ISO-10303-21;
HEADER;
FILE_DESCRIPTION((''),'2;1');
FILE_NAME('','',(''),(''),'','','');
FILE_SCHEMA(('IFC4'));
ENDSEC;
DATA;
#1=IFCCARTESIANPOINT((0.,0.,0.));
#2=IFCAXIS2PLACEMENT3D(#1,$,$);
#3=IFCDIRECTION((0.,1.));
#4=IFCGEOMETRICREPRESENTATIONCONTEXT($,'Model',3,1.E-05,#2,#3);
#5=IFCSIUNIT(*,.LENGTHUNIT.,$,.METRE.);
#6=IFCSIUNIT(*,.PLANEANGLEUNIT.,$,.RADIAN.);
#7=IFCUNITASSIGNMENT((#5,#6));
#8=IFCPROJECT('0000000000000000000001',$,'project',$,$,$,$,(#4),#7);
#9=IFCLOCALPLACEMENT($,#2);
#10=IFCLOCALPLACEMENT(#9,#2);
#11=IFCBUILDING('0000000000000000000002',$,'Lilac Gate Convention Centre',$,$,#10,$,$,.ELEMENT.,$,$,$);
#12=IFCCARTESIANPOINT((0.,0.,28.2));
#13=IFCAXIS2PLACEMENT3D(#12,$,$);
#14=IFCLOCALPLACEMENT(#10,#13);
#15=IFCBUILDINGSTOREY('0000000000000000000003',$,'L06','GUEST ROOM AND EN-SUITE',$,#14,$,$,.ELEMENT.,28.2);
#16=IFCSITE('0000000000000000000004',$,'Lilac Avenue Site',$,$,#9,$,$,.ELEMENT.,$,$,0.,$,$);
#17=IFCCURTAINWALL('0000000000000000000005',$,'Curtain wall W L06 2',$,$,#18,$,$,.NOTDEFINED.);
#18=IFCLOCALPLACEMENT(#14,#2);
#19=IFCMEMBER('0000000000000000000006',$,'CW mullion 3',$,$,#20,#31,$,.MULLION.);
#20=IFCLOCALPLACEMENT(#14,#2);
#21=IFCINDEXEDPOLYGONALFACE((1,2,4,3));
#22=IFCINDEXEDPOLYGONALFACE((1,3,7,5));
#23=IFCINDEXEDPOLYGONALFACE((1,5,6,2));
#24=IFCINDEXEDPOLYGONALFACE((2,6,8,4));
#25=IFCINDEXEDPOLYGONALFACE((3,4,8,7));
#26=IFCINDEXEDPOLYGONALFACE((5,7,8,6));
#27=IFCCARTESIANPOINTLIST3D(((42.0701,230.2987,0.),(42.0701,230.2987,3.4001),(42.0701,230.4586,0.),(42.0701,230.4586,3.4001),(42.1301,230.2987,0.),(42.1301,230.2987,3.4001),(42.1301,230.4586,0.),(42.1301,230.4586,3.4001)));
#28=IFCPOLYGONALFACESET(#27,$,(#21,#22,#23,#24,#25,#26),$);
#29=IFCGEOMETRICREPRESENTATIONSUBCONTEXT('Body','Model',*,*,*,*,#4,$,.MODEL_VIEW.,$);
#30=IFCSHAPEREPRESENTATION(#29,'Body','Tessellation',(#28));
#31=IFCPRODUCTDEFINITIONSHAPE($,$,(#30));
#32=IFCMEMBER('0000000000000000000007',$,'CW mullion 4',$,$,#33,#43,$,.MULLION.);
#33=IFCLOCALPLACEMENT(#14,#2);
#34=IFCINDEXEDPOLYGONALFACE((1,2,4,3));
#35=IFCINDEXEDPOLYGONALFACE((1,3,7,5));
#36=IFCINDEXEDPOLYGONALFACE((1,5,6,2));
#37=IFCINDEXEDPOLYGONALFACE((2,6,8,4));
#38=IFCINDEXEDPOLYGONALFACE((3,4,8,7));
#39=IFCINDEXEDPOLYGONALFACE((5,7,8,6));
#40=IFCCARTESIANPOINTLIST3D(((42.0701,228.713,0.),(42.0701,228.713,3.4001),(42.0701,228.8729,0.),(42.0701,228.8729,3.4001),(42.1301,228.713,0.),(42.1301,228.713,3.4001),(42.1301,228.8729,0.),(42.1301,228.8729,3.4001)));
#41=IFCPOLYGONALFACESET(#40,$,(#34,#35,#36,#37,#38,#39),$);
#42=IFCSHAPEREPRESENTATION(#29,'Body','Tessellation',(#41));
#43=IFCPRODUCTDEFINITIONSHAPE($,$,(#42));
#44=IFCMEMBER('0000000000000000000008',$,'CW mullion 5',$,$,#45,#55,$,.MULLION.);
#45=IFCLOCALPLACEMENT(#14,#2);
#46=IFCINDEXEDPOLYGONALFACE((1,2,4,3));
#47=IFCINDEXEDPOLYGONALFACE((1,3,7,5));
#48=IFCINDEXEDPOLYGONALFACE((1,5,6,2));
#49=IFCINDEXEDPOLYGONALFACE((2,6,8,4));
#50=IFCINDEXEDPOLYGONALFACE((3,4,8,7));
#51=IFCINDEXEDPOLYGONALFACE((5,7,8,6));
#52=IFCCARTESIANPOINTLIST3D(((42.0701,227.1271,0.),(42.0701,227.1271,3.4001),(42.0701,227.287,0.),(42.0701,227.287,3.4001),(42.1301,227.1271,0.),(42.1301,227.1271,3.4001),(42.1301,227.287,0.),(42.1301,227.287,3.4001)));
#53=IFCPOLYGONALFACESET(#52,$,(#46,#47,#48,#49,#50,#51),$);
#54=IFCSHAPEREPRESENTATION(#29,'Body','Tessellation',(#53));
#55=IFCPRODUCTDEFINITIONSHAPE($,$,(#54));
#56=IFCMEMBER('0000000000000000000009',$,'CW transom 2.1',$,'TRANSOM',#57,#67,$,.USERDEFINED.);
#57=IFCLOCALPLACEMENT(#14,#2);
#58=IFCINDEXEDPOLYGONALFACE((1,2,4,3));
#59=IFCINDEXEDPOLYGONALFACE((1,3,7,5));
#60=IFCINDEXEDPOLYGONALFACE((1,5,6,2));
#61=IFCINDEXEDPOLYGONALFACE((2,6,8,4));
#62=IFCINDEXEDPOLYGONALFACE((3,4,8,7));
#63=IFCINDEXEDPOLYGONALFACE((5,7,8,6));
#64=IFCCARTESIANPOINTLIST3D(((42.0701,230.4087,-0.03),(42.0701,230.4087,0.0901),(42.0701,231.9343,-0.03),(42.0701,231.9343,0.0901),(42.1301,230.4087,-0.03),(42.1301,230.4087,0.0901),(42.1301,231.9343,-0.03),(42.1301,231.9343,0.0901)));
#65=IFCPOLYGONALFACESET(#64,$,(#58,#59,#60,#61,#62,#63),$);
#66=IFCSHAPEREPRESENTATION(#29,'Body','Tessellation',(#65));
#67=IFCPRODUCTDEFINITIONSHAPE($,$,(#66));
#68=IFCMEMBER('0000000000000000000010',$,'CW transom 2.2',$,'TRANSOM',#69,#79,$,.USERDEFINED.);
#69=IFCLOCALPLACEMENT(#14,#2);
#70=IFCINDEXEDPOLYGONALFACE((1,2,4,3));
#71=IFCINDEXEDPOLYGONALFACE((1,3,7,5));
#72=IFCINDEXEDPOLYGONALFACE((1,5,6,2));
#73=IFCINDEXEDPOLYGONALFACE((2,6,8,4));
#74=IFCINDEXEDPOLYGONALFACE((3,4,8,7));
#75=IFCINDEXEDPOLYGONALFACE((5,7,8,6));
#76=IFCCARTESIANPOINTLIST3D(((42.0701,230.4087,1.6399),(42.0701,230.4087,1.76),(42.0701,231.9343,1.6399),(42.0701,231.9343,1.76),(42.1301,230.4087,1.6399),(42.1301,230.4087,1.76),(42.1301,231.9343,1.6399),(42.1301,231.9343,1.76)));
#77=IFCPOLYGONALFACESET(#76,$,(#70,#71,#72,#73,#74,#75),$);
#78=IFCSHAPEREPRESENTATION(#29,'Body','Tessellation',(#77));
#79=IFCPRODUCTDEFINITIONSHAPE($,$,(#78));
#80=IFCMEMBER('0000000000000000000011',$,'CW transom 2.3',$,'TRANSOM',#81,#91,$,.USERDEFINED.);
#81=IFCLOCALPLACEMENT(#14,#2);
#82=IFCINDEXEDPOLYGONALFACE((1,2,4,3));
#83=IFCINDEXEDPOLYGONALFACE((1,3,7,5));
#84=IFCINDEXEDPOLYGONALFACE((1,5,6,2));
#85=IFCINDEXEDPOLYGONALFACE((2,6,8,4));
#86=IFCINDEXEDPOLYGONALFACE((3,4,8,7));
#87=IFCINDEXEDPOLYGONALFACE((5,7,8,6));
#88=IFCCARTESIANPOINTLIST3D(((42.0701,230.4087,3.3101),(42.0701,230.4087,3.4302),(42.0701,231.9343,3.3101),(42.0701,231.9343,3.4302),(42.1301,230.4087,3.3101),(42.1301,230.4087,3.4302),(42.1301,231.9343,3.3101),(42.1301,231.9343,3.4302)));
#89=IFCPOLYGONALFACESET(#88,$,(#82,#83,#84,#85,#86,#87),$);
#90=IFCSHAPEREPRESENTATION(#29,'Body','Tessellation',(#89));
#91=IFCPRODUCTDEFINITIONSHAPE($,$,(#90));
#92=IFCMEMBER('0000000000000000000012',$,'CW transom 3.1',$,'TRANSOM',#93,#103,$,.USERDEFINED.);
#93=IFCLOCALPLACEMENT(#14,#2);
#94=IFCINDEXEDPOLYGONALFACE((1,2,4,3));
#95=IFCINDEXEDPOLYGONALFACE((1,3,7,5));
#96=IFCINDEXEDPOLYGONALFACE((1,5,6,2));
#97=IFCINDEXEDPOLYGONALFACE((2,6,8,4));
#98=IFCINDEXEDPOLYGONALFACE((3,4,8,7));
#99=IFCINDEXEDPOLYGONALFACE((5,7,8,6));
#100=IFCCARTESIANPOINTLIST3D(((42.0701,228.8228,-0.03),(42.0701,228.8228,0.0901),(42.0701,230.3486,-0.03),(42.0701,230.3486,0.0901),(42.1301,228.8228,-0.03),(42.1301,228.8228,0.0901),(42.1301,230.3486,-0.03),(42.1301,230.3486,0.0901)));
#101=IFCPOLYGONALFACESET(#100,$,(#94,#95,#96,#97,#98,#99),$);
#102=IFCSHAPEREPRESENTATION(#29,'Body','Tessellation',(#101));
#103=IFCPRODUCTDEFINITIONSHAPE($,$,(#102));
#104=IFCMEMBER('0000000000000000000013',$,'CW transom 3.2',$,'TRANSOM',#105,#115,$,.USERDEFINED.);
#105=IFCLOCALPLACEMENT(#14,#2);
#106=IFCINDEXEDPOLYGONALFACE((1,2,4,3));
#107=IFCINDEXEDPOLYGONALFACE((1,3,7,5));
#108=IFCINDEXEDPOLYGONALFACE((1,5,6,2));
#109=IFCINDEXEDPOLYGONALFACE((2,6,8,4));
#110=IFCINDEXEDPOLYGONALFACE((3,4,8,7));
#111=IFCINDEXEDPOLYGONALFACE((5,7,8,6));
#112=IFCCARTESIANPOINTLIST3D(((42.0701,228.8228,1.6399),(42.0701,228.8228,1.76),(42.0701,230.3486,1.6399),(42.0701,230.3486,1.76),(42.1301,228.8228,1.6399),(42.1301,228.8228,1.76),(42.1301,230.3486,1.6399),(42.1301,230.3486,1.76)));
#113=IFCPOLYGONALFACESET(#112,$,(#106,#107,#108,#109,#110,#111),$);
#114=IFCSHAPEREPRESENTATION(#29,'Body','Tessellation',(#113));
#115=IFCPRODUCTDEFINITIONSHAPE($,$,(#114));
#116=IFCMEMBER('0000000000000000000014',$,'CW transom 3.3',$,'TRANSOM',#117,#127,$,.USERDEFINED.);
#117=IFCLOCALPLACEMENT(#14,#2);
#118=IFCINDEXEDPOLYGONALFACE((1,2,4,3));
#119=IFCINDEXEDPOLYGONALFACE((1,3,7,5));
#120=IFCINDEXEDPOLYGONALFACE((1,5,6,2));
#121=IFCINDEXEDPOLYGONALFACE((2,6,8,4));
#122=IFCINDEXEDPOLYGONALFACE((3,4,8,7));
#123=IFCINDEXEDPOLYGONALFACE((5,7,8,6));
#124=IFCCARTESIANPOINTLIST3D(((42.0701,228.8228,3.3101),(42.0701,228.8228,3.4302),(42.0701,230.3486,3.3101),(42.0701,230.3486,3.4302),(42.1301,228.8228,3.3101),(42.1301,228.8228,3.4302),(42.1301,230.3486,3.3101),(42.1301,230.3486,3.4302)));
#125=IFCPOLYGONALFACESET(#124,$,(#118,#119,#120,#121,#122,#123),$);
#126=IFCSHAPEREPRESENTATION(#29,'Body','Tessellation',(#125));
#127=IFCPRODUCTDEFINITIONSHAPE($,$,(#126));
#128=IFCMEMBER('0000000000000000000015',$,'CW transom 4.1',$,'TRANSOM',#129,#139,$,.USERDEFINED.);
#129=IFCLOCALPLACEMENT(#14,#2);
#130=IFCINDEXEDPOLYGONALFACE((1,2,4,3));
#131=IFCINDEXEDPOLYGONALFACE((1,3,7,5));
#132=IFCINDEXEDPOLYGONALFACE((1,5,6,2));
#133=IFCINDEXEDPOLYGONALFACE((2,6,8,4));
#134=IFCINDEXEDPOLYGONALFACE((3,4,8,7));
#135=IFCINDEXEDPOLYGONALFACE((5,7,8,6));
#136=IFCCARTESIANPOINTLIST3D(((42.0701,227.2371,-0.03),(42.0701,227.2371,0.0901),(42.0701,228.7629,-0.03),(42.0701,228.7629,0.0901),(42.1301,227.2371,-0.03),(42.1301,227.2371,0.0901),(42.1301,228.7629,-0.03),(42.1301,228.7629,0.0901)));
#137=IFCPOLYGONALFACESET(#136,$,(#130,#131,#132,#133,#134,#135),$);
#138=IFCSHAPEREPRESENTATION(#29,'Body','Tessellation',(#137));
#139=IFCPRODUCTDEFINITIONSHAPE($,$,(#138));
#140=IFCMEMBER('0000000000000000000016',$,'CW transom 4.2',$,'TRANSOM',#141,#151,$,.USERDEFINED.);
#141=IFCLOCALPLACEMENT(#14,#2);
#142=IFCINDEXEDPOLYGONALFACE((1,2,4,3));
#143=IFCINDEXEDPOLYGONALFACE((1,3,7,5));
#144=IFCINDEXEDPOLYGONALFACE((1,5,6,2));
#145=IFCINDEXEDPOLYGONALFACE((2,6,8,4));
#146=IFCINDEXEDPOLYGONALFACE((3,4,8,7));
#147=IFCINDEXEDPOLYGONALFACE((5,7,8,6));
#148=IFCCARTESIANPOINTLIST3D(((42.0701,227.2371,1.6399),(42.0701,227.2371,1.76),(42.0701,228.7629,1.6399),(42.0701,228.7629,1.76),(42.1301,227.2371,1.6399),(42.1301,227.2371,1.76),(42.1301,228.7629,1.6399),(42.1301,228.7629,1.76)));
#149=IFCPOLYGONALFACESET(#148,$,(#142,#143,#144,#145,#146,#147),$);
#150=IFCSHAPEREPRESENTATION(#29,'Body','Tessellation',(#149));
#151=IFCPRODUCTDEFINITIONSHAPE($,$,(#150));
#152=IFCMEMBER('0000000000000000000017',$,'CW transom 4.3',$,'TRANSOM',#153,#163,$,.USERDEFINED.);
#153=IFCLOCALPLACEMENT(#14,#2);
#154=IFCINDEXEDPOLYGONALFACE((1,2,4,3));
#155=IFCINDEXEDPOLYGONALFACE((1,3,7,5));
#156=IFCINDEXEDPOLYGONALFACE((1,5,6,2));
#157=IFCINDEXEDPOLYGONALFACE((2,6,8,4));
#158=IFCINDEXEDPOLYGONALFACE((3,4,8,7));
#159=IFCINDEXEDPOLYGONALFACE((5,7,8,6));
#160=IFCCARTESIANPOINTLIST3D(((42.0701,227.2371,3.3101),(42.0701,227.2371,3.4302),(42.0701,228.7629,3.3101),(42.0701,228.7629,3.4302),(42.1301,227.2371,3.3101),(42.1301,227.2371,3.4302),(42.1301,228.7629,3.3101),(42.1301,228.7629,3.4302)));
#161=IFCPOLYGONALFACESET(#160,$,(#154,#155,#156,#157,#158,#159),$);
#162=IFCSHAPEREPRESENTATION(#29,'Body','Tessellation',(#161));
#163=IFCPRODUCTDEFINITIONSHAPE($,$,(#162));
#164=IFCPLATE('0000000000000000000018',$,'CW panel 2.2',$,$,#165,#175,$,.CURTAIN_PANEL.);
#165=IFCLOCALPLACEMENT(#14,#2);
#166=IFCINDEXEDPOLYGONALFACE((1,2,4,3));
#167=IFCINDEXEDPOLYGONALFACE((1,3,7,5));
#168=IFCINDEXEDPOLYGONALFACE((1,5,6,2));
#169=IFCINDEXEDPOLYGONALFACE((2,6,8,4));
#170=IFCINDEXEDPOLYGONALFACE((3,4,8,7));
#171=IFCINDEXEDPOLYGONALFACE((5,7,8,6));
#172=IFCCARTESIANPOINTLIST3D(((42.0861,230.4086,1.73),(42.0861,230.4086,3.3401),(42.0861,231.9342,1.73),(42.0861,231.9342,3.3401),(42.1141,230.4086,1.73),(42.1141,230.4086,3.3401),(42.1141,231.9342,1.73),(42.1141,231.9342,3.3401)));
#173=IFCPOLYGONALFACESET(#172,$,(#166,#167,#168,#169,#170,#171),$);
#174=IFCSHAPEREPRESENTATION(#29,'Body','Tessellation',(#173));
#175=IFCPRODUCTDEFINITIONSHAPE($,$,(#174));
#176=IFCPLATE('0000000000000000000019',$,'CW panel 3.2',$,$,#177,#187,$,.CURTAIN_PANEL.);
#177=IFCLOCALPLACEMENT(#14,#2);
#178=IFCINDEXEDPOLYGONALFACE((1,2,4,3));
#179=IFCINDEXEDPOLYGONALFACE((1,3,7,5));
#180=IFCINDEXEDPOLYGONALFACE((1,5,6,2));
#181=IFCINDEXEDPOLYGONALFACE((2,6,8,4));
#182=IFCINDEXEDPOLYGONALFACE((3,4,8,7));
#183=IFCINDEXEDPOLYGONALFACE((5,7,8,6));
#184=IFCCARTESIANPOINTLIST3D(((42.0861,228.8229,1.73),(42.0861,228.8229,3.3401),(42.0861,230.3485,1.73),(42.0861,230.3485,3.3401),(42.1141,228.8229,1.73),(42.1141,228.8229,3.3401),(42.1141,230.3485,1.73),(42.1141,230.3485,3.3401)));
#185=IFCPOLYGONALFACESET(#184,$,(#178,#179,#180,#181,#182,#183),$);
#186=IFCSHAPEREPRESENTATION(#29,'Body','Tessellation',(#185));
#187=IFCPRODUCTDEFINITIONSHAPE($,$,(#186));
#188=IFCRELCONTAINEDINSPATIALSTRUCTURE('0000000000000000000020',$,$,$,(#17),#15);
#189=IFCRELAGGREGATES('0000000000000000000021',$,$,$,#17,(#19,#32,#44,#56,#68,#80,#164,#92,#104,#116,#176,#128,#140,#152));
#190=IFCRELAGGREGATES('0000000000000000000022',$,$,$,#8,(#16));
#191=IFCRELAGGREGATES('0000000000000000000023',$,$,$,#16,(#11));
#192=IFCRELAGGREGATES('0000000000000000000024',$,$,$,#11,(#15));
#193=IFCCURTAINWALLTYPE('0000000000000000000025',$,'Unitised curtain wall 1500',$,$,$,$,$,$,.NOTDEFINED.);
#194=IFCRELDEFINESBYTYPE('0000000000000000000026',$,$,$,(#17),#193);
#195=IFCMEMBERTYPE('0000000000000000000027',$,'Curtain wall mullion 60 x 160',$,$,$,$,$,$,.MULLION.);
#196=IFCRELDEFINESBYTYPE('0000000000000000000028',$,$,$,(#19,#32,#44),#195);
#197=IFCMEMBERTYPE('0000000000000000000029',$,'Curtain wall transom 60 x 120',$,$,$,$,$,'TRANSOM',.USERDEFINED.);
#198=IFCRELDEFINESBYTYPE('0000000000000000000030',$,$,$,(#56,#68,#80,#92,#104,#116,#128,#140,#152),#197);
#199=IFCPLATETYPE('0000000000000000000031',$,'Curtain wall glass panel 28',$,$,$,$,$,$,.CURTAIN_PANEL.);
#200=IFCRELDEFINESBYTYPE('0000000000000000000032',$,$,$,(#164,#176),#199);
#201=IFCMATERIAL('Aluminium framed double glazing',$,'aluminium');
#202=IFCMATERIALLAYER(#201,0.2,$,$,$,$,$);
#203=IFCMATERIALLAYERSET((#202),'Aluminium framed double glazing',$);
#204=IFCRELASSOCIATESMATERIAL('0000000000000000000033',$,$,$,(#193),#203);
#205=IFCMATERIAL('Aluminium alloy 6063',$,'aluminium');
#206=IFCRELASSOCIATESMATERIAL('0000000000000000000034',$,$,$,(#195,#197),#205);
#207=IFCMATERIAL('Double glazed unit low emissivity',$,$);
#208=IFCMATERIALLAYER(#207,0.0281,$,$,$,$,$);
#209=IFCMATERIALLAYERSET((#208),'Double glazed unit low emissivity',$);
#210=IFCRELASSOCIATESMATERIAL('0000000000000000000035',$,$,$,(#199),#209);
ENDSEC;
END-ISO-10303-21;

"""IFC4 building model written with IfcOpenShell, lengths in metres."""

from ifc_helpers import new_model, si_unit, direction, frame, origin, origin_2d, place, context, subcontext, project, spatial, rectangle, extrude, material, layer, layer_set, material_profile, profile_set, type_object, element, aggregate, save


model = new_model("IFC4")

# Units and contexts
model_context = context("Model", 3, precision=1e-05, world=origin(), true_north=direction((0.0, 1.0)))
body_context = subcontext(model_context, "Body", "Model", "MODEL_VIEW")
ifc_project = project(units=[si_unit("LENGTHUNIT", "METRE"), si_unit("PLANEANGLEUNIT", "RADIAN")], contexts=[model_context])

# Site, building, storey
site_placement = place(None, origin())
site = spatial("IfcSite", under=ifc_project, at=site_placement, Name="Lilac Avenue Site", CompositionType="ELEMENT", RefElevation=0.0)
building_placement = place(site_placement, origin())
building = spatial("IfcBuilding", under=site, at=building_placement, Name="Lilac Gate Convention Centre", CompositionType="ELEMENT")
storey_placement = place(building_placement, frame((0.0, 0.0, 28.2)))
storey = spatial("IfcBuildingStorey", under=building, at=storey_placement, Name="L06", Description="GUEST ROOM AND EN-SUITE", CompositionType="ELEMENT", Elevation=28.2)

# Curtain wall, members, plates
ifc_material_1 = material(Name="Aluminium framed double glazing", Category="aluminium")
ifc_layer_1 = layer(ifc_material_1, 0.2)
ifc_layer_set_1 = layer_set([ifc_layer_1], Name="Aluminium framed double glazing")
curtain_wall_type = type_object("IfcCurtainWallType", Name="Unitised curtain wall 1500", PredefinedType="NOTDEFINED", material=ifc_layer_set_1)
curtain_wall_placement = place(storey_placement, origin())
curtain_wall = element("IfcCurtainWall", 1, at=curtain_wall_placement, inside=storey, type_object=curtain_wall_type, Name="Curtain wall W L06 2", PredefinedType="NOTDEFINED")
ifc_material_2 = material(Name="Aluminium alloy 6063", Category="aluminium")
ifc_material_profile_1 = material_profile(ifc_material_2, rectangle(XDim=0.0601, YDim=0.1599, at=origin_2d()), Name="Curtain wall mullion 60 x 160")
ifc_profile_set_1 = profile_set([ifc_material_profile_1], Name="Aluminium alloy 6063")
member_type_1 = type_object("IfcMemberType", Name="Curtain wall mullion 60 x 160", PredefinedType="MULLION", material=ifc_profile_set_1)
member_1_placement = place(storey_placement, frame((42.1001, 230.3787, 0.0), z_axis=(0.0, 0.0, 1.0), x_axis=(1.0, 0.0, 0.0)))
member_1 = element("IfcMember", 2, at=member_1_placement, type_object=member_type_1, Name="CW mullion 3", PredefinedType="MULLION", context=body_context, shape_type="SweptSolid", body=[
    extrude(rectangle(XDim=0.0601, YDim=0.1599, at=origin_2d()), origin(), (0.0, 0.0, 1.0), 3.4001),
])
member_2_placement = place(storey_placement, frame((42.1001, 228.793, 0.0), z_axis=(0.0, 0.0, 1.0), x_axis=(1.0, 0.0, 0.0)))
member_2 = element("IfcMember", 3, at=member_2_placement, type_object=member_type_1, Name="CW mullion 4", PredefinedType="MULLION", context=body_context, shape_type="SweptSolid", body=[
    extrude(rectangle(XDim=0.0601, YDim=0.1599, at=origin_2d()), origin(), (0.0, 0.0, 1.0), 3.4001),
])
member_3_placement = place(storey_placement, frame((42.1001, 227.207, 0.0), z_axis=(0.0, 0.0, 1.0), x_axis=(1.0, 0.0, 0.0)))
member_3 = element("IfcMember", 4, at=member_3_placement, type_object=member_type_1, Name="CW mullion 5", PredefinedType="MULLION", context=body_context, shape_type="SweptSolid", body=[
    extrude(rectangle(XDim=0.0601, YDim=0.1599, at=origin_2d()), origin(), (0.0, 0.0, 1.0), 3.4001),
])
ifc_material_profile_2 = material_profile(ifc_material_2, rectangle(XDim=0.0601, YDim=0.1201, at=origin_2d()), Name="Curtain wall transom 60 x 120")
ifc_profile_set_2 = profile_set([ifc_material_profile_2], Name="Aluminium alloy 6063")
member_type_2 = type_object("IfcMemberType", Name="Curtain wall transom 60 x 120", ElementType="TRANSOM", PredefinedType="USERDEFINED", material=ifc_profile_set_2)
member_4_placement = place(storey_placement, frame((42.1001, 231.9343, 0.03), z_axis=(0.0, -1.0, 0.0), x_axis=(1.0, 0.0, 0.0)))
member_4 = element("IfcMember", 5, at=member_4_placement, type_object=member_type_2, Name="CW transom 2.1", ObjectType="TRANSOM", PredefinedType="USERDEFINED", context=body_context, shape_type="SweptSolid", body=[
    extrude(rectangle(XDim=0.0601, YDim=0.1201, at=origin_2d()), origin(), (0.0, 0.0, 1.0), 1.5256),
])
member_5_placement = place(storey_placement, frame((42.1001, 231.9343, 1.7), z_axis=(0.0, -1.0, 0.0), x_axis=(1.0, 0.0, 0.0)))
member_5 = element("IfcMember", 6, at=member_5_placement, type_object=member_type_2, Name="CW transom 2.2", ObjectType="TRANSOM", PredefinedType="USERDEFINED", context=body_context, shape_type="SweptSolid", body=[
    extrude(rectangle(XDim=0.0601, YDim=0.1201, at=origin_2d()), origin(), (0.0, 0.0, 1.0), 1.5256),
])
member_6_placement = place(storey_placement, frame((42.1001, 231.9343, 3.3701), z_axis=(0.0, -1.0, 0.0), x_axis=(1.0, 0.0, 0.0)))
member_6 = element("IfcMember", 7, at=member_6_placement, type_object=member_type_2, Name="CW transom 2.3", ObjectType="TRANSOM", PredefinedType="USERDEFINED", context=body_context, shape_type="SweptSolid", body=[
    extrude(rectangle(XDim=0.0601, YDim=0.1201, at=origin_2d()), origin(), (0.0, 0.0, 1.0), 1.5256),
])
member_7_placement = place(storey_placement, frame((42.1001, 230.3486, 0.03), z_axis=(0.0, -1.0, 0.0), x_axis=(1.0, 0.0, 0.0)))
member_7 = element("IfcMember", 8, at=member_7_placement, type_object=member_type_2, Name="CW transom 3.1", ObjectType="TRANSOM", PredefinedType="USERDEFINED", context=body_context, shape_type="SweptSolid", body=[
    extrude(rectangle(XDim=0.0601, YDim=0.1201, at=origin_2d()), origin(), (0.0, 0.0, 1.0), 1.5259),
])
member_8_placement = place(storey_placement, frame((42.1001, 230.3486, 1.7), z_axis=(0.0, -1.0, 0.0), x_axis=(1.0, 0.0, 0.0)))
member_8 = element("IfcMember", 9, at=member_8_placement, type_object=member_type_2, Name="CW transom 3.2", ObjectType="TRANSOM", PredefinedType="USERDEFINED", context=body_context, shape_type="SweptSolid", body=[
    extrude(rectangle(XDim=0.0601, YDim=0.1201, at=origin_2d()), origin(), (0.0, 0.0, 1.0), 1.5259),
])
member_9_placement = place(storey_placement, frame((42.1001, 230.3486, 3.3701), z_axis=(0.0, -1.0, 0.0), x_axis=(1.0, 0.0, 0.0)))
member_9 = element("IfcMember", 10, at=member_9_placement, type_object=member_type_2, Name="CW transom 3.3", ObjectType="TRANSOM", PredefinedType="USERDEFINED", context=body_context, shape_type="SweptSolid", body=[
    extrude(rectangle(XDim=0.0601, YDim=0.1201, at=origin_2d()), origin(), (0.0, 0.0, 1.0), 1.5259),
])
member_10_placement = place(storey_placement, frame((42.1001, 228.7629, 0.03), z_axis=(0.0, -1.0, 0.0), x_axis=(1.0, 0.0, 0.0)))
member_10 = element("IfcMember", 11, at=member_10_placement, type_object=member_type_2, Name="CW transom 4.1", ObjectType="TRANSOM", PredefinedType="USERDEFINED", context=body_context, shape_type="SweptSolid", body=[
    extrude(rectangle(XDim=0.0601, YDim=0.1201, at=origin_2d()), origin(), (0.0, 0.0, 1.0), 1.5259),
])
member_11_placement = place(storey_placement, frame((42.1001, 228.7629, 1.7), z_axis=(0.0, -1.0, 0.0), x_axis=(1.0, 0.0, 0.0)))
member_11 = element("IfcMember", 12, at=member_11_placement, type_object=member_type_2, Name="CW transom 4.2", ObjectType="TRANSOM", PredefinedType="USERDEFINED", context=body_context, shape_type="SweptSolid", body=[
    extrude(rectangle(XDim=0.0601, YDim=0.1201, at=origin_2d()), origin(), (0.0, 0.0, 1.0), 1.5259),
])
member_12_placement = place(storey_placement, frame((42.1001, 228.7629, 3.3701), z_axis=(0.0, -1.0, 0.0), x_axis=(1.0, 0.0, 0.0)))
member_12 = element("IfcMember", 13, at=member_12_placement, type_object=member_type_2, Name="CW transom 4.3", ObjectType="TRANSOM", PredefinedType="USERDEFINED", context=body_context, shape_type="SweptSolid", body=[
    extrude(rectangle(XDim=0.0601, YDim=0.1201, at=origin_2d()), origin(), (0.0, 0.0, 1.0), 1.5259),
])
ifc_material_3 = material(Name="Double glazed unit low emissivity")
ifc_layer_2 = layer(ifc_material_3, 0.0281)
ifc_layer_set_2 = layer_set([ifc_layer_2], Name="Double glazed unit low emissivity")
plate_type_1 = type_object("IfcPlateType", Name="Curtain wall glass panel 28", PredefinedType="CURTAIN_PANEL", material=ifc_layer_set_2)
plate_1_placement = place(storey_placement, frame((42.1001, 231.1714, 1.73), z_axis=(0.0, 0.0, 1.0), x_axis=(0.0, -1.0, 0.0)))
plate_1 = element("IfcPlate", 14, at=plate_1_placement, type_object=plate_type_1, Name="CW panel 2.2", PredefinedType="CURTAIN_PANEL", context=body_context, shape_type="SweptSolid", body=[
    extrude(rectangle(XDim=1.5256, YDim=0.0281, at=origin_2d()), origin(), (0.0, 0.0, 1.0), 1.6101),
])
plate_2_placement = place(storey_placement, frame((42.1001, 229.5857, 1.73), z_axis=(0.0, 0.0, 1.0), x_axis=(0.0, -1.0, 0.0)))
plate_2 = element("IfcPlate", 15, at=plate_2_placement, type_object=plate_type_1, Name="CW panel 3.2", PredefinedType="CURTAIN_PANEL", context=body_context, shape_type="SweptSolid", body=[
    extrude(rectangle(XDim=1.5256, YDim=0.0281, at=origin_2d()), origin(), (0.0, 0.0, 1.0), 1.6101),
])
aggregate(curtain_wall, [member_1, member_2, member_3, member_4, member_5, member_6, plate_1, member_7, member_8, member_9, plate_2, member_10, member_11, member_12])

save(model, "model.ifc")
